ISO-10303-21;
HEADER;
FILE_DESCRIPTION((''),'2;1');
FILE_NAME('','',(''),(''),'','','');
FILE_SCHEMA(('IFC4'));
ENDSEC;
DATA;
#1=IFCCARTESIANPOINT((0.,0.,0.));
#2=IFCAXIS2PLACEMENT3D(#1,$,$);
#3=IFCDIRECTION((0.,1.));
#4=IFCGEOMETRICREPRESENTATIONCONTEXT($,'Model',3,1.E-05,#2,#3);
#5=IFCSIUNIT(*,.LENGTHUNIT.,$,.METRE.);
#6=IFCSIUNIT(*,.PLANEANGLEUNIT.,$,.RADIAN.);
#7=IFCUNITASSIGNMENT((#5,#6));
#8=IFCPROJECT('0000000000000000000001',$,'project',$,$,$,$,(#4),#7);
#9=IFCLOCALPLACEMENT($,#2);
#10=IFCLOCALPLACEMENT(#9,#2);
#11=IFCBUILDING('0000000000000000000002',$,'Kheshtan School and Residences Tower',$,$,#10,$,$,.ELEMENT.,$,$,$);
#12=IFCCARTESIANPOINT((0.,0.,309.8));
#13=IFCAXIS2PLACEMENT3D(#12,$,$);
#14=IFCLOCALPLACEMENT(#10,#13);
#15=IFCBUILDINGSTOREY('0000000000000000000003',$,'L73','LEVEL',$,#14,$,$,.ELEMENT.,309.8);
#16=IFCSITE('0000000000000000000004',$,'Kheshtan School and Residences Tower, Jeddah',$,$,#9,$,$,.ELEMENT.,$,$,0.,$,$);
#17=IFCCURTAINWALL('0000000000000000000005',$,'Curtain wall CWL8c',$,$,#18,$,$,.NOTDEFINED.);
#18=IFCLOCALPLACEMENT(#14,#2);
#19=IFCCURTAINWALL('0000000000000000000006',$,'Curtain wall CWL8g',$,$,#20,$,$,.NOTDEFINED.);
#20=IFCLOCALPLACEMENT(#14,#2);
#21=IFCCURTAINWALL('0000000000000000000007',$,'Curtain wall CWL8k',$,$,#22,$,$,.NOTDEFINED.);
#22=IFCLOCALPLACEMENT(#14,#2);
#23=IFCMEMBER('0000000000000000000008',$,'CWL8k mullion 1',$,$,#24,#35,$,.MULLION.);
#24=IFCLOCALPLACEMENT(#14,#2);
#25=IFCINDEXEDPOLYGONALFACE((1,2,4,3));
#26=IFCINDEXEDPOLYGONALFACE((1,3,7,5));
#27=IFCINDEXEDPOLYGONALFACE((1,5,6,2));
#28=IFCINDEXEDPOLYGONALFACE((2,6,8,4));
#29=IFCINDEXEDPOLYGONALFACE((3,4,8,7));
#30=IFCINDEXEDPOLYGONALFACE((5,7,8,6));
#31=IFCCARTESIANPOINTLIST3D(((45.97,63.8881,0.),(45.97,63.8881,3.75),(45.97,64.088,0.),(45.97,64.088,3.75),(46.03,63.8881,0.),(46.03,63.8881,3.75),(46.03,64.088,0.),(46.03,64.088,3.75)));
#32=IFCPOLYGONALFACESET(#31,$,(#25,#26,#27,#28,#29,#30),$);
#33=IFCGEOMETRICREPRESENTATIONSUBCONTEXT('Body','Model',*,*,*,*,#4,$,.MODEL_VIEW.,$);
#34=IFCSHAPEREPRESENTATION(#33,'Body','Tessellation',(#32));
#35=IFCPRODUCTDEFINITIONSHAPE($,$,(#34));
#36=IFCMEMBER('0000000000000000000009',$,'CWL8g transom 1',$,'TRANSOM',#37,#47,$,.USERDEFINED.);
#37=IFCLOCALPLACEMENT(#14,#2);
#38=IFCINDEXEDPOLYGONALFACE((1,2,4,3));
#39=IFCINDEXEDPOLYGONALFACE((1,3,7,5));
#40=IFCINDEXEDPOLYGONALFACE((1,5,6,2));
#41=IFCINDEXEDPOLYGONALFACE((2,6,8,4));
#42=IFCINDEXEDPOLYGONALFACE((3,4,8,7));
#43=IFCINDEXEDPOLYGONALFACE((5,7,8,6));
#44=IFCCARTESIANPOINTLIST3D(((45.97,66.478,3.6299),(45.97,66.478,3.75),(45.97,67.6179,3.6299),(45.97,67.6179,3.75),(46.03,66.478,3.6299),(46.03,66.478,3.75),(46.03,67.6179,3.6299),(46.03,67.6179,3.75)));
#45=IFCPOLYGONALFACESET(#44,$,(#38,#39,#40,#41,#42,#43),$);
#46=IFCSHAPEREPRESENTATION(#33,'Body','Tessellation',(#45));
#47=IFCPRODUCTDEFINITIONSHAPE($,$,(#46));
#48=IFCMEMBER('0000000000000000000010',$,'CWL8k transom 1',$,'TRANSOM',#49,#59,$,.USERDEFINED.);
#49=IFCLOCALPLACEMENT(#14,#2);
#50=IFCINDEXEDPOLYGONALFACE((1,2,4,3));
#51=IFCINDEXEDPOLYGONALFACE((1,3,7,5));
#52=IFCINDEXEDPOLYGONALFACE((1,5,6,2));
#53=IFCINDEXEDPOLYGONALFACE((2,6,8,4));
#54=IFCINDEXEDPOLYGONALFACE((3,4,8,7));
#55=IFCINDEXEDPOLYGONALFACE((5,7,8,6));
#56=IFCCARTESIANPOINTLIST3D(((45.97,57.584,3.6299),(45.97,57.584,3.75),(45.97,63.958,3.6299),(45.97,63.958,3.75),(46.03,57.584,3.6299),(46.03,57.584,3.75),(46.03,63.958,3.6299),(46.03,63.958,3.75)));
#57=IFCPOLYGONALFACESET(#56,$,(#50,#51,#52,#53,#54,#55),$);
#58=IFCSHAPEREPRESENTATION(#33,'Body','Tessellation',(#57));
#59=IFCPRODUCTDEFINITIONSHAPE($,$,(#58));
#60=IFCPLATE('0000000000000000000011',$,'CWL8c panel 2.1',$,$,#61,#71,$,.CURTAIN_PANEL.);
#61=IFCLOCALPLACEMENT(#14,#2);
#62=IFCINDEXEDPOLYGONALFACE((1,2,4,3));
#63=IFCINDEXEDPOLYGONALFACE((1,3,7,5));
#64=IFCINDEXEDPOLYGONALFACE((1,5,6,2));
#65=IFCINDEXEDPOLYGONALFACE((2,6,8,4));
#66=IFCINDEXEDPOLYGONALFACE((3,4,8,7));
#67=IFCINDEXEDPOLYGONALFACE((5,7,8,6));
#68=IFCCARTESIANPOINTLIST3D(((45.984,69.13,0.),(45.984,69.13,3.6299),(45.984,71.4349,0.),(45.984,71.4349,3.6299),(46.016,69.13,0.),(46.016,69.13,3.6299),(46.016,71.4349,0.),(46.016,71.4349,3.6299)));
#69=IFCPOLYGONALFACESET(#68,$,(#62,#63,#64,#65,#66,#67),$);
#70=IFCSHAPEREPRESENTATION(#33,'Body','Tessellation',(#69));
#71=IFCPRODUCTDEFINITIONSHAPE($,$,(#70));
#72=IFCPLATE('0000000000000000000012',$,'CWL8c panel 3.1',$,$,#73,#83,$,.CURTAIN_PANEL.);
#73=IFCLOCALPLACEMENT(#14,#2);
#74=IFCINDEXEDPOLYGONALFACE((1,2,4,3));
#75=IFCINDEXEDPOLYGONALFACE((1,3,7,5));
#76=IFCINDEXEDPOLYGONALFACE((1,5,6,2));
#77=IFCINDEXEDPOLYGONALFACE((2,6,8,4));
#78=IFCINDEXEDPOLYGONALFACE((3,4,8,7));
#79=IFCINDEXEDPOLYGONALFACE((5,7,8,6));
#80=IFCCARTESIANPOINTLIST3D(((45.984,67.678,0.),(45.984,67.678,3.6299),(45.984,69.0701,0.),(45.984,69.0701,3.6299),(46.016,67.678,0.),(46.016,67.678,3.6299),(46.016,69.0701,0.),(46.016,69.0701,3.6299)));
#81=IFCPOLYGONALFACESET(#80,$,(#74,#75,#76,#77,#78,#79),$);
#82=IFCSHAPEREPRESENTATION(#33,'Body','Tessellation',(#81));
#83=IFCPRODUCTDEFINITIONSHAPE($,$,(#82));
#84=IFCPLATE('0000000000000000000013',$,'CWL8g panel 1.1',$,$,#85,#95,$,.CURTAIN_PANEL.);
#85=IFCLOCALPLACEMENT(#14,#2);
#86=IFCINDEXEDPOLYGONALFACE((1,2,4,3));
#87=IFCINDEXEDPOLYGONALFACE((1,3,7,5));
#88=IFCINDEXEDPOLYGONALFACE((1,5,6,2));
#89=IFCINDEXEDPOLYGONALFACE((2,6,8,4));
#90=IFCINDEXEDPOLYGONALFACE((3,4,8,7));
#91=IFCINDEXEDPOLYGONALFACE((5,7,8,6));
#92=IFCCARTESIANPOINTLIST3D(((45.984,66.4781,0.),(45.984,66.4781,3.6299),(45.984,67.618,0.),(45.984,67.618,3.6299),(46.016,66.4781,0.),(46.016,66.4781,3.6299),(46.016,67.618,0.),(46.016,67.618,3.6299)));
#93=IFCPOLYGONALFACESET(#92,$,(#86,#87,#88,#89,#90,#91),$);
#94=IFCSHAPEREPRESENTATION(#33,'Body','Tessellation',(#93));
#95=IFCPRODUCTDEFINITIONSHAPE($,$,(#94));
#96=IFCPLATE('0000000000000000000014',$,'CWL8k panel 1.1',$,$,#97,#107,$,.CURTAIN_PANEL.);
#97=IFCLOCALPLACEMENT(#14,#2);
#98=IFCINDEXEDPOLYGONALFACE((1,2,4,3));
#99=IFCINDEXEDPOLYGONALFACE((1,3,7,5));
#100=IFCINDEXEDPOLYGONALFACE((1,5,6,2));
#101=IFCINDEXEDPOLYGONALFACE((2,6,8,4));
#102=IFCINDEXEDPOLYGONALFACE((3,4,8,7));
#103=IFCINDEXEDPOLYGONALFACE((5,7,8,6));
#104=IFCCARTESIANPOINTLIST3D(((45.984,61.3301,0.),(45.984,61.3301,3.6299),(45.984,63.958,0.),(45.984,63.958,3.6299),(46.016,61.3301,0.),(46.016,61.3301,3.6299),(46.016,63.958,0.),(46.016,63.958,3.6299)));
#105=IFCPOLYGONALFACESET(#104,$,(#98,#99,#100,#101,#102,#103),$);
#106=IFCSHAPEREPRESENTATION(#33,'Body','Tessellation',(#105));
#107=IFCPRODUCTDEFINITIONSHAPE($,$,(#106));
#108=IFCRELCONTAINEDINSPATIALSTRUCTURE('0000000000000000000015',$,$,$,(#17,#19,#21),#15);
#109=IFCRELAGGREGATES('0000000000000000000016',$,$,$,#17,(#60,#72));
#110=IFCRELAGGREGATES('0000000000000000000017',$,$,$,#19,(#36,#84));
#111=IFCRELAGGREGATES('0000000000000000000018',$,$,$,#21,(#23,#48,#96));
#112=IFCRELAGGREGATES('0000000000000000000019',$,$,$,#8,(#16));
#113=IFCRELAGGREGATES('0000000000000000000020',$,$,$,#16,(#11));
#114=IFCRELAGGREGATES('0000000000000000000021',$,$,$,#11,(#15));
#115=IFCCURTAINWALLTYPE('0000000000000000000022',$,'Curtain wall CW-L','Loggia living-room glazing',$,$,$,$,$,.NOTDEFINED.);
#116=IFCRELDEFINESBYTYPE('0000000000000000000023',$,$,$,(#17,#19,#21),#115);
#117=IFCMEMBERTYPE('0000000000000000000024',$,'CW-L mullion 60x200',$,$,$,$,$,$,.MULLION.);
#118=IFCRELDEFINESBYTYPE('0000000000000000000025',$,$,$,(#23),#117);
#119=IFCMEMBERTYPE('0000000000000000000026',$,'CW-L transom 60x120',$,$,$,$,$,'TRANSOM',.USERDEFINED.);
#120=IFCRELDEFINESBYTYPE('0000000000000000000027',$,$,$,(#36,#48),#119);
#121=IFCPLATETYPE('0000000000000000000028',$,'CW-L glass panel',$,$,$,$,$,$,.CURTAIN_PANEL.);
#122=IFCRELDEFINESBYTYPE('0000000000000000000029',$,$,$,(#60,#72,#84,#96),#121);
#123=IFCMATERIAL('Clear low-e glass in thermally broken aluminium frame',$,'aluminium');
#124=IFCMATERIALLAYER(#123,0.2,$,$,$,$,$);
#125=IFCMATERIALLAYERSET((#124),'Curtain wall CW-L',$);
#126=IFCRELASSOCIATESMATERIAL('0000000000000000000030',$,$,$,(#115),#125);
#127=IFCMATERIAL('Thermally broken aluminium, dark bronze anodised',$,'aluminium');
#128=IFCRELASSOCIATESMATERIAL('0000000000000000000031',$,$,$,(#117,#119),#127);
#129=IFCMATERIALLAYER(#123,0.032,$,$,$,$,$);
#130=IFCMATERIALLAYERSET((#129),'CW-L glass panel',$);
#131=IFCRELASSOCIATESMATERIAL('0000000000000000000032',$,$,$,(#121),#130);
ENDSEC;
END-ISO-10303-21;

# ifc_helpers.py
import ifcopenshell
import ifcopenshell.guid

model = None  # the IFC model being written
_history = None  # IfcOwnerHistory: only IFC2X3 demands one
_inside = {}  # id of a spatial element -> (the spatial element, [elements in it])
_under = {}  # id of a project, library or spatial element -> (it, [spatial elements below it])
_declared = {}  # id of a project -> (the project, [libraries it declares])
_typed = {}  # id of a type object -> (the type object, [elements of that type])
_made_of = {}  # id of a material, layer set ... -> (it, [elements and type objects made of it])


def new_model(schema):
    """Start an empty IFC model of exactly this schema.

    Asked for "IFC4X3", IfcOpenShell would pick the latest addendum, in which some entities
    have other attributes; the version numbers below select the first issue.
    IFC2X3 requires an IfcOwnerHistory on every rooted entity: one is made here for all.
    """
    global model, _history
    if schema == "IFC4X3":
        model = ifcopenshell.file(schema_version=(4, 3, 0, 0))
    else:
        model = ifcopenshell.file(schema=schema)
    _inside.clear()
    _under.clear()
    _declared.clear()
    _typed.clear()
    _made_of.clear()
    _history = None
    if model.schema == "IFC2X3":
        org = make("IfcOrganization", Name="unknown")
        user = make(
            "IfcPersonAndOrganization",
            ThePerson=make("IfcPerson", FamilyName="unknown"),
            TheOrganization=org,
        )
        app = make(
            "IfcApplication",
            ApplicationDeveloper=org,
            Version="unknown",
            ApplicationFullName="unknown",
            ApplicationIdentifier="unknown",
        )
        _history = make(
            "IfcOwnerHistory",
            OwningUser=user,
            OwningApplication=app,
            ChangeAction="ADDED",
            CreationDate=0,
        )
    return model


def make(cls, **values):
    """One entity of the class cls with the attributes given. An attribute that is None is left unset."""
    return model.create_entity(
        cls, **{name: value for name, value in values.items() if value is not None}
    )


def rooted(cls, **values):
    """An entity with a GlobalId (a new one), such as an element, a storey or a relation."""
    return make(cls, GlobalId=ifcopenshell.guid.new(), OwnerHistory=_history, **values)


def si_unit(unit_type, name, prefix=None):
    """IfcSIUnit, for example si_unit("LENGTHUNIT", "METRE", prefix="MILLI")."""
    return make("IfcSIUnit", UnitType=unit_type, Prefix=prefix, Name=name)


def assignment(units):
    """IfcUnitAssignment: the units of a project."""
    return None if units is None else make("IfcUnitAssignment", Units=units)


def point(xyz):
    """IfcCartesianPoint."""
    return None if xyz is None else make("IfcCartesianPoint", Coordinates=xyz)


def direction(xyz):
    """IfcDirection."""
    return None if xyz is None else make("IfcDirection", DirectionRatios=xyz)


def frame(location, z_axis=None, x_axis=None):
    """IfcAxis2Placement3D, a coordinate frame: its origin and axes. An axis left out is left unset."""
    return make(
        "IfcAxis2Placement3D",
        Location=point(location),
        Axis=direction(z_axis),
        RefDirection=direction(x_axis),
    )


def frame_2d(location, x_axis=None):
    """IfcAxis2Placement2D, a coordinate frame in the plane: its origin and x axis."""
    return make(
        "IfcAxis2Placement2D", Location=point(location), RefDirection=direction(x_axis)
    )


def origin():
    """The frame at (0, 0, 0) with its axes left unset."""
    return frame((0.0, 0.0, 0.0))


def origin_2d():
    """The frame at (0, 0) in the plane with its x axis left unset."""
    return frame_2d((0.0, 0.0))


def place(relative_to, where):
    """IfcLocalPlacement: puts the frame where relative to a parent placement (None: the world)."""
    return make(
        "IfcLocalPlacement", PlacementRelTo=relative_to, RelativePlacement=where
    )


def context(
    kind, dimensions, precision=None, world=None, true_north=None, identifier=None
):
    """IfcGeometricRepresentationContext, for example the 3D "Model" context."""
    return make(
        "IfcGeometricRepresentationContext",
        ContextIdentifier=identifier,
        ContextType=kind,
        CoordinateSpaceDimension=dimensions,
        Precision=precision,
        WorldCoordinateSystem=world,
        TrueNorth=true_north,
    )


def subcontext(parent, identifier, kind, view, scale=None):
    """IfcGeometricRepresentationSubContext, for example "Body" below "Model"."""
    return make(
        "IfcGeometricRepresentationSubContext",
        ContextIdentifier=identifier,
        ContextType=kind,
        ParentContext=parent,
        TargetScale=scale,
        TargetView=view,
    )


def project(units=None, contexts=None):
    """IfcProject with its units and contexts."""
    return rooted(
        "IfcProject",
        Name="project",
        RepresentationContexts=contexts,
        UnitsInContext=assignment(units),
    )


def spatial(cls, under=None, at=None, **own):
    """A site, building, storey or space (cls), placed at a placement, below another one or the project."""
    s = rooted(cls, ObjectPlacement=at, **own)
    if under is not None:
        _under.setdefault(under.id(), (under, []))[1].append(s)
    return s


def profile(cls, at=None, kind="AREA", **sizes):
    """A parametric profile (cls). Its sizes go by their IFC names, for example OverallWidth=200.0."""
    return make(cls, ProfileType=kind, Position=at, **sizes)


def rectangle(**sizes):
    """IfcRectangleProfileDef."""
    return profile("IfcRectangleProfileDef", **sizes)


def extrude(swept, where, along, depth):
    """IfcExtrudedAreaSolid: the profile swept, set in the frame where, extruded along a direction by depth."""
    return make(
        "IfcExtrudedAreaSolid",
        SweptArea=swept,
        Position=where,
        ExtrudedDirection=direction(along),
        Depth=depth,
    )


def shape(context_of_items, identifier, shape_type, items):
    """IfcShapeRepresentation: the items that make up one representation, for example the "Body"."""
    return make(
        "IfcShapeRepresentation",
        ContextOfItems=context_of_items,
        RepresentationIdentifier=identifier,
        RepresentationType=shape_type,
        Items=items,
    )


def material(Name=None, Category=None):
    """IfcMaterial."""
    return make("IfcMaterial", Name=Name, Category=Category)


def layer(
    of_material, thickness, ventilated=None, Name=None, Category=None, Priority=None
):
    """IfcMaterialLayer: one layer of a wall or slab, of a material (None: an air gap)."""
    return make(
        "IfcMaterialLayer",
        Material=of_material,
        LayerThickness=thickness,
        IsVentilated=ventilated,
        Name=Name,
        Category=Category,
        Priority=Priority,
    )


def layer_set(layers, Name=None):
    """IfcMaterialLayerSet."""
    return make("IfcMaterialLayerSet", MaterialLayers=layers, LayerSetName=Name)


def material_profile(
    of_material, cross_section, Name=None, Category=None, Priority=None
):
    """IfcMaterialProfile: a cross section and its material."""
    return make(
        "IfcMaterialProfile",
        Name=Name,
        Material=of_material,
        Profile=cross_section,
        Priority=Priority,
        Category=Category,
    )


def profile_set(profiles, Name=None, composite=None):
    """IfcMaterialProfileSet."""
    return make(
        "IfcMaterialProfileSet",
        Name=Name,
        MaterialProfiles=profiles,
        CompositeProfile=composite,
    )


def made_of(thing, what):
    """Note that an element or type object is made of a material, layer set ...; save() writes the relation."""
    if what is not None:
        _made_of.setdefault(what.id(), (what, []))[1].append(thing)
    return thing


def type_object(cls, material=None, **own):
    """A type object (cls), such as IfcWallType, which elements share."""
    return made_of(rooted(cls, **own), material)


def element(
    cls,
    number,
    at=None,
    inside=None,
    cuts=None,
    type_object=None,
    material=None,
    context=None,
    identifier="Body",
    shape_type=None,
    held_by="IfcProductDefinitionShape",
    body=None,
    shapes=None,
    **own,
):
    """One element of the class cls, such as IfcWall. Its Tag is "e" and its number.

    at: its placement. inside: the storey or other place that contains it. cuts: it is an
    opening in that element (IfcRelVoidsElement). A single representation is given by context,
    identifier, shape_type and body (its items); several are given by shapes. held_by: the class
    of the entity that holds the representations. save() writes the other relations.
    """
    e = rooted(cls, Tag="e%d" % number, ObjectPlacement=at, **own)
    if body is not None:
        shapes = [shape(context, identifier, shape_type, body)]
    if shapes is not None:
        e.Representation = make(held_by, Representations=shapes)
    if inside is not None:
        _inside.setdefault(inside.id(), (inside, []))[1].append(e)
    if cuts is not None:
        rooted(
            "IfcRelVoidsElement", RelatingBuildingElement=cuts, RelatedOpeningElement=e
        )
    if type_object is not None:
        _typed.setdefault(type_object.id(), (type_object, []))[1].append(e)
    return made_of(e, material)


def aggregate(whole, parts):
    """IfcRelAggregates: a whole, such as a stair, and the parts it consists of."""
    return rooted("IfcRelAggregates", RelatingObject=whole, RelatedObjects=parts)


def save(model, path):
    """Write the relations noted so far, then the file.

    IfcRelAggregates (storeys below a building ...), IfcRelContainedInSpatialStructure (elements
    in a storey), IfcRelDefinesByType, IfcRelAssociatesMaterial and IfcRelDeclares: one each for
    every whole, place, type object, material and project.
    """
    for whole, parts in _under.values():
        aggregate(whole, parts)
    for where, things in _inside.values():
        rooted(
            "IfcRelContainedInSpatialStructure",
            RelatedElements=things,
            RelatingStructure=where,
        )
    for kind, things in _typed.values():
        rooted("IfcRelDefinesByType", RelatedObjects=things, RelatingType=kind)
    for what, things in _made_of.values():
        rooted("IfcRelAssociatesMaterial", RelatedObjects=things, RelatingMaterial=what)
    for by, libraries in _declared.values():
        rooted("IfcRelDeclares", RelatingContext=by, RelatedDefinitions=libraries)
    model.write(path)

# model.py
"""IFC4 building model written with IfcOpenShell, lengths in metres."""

from ifc_helpers import new_model, si_unit, direction, frame, origin, origin_2d, place, context, subcontext, project, spatial, rectangle, extrude, material, layer, layer_set, material_profile, profile_set, type_object, element, aggregate, save


model = new_model("IFC4")

# Units and contexts
model_context = context("Model", 3, precision=1e-05, world=origin(), true_north=direction((0.0, 1.0)))
body_context = subcontext(model_context, "Body", "Model", "MODEL_VIEW")
ifc_project = project(units=[si_unit("LENGTHUNIT", "METRE"), si_unit("PLANEANGLEUNIT", "RADIAN")], contexts=[model_context])

# Site, building, storey
site_placement = place(None, origin())
site = spatial("IfcSite", under=ifc_project, at=site_placement, Name="Kheshtan School and Residences Tower, Jeddah", CompositionType="ELEMENT", RefElevation=0.0)
building_placement = place(site_placement, origin())
building = spatial("IfcBuilding", under=site, at=building_placement, Name="Kheshtan School and Residences Tower", CompositionType="ELEMENT")
storey_placement = place(building_placement, frame((0.0, 0.0, 309.8)))
storey = spatial("IfcBuildingStorey", under=building, at=storey_placement, Name="L73", Description="LEVEL", CompositionType="ELEMENT", Elevation=309.8)

# Curtain wall
ifc_material_1 = material(Name="Clear low-e glass in thermally broken aluminium frame", Category="aluminium")
ifc_layer_1 = layer(ifc_material_1, 0.2)
ifc_layer_set_1 = layer_set([ifc_layer_1], Name="Curtain wall CW-L")
curtain_wall_type = type_object("IfcCurtainWallType", Name="Curtain wall CW-L", Description="Loggia living-room glazing", PredefinedType="NOTDEFINED", material=ifc_layer_set_1)
curtain_wall_1_placement = place(storey_placement, origin())
curtain_wall_1 = element("IfcCurtainWall", 1, at=curtain_wall_1_placement, inside=storey, type_object=curtain_wall_type, Name="Curtain wall CWL8c", PredefinedType="NOTDEFINED")
ifc_material_2 = material(Name="Thermally broken aluminium, dark bronze anodised", Category="aluminium")
ifc_material_profile_1 = material_profile(ifc_material_2, rectangle(XDim=0.0601, YDim=0.2, at=origin_2d()), Name="CW-L mullion 60x200")
ifc_profile_set_1 = profile_set([ifc_material_profile_1], Name="Thermally broken aluminium, dark bronze anodised")
member_type_1 = type_object("IfcMemberType", Name="CW-L mullion 60x200", PredefinedType="MULLION", material=ifc_profile_set_1)

# Curtain walls, member
curtain_wall_2_placement = place(storey_placement, origin())
curtain_wall_2 = element("IfcCurtainWall", 2, at=curtain_wall_2_placement, inside=storey, type_object=curtain_wall_type, Name="Curtain wall CWL8g", PredefinedType="NOTDEFINED")
curtain_wall_3_placement = place(storey_placement, origin())
curtain_wall_3 = element("IfcCurtainWall", 3, at=curtain_wall_3_placement, inside=storey, type_object=curtain_wall_type, Name="Curtain wall CWL8k", PredefinedType="NOTDEFINED")
member_1_placement = place(storey_placement, frame((46.0, 63.988, 0.0), z_axis=(0.0, 0.0, 1.0), x_axis=(1.0, 0.0, 0.0)))
member_1 = element("IfcMember", 4, at=member_1_placement, type_object=member_type_1, Name="CWL8k mullion 1", PredefinedType="MULLION", context=body_context, shape_type="SweptSolid", body=[
    extrude(rectangle(XDim=0.0601, YDim=0.2, at=origin_2d()), origin(), (0.0, 0.0, 1.0), 3.75),
])

# Members
ifc_material_profile_2 = material_profile(ifc_material_2, rectangle(XDim=0.0601, YDim=0.1201, at=origin_2d()), Name="CW-L transom 60x120")
ifc_profile_set_2 = profile_set([ifc_material_profile_2], Name="Thermally broken aluminium, dark bronze anodised")
member_type_2 = type_object("IfcMemberType", Name="CW-L transom 60x120", ElementType="TRANSOM", PredefinedType="USERDEFINED", material=ifc_profile_set_2)
member_2_placement = place(storey_placement, frame((46.0, 67.6179, 3.6899), z_axis=(0.0, -1.0, 0.0), x_axis=(1.0, 0.0, 0.0)))
member_2 = element("IfcMember", 5, at=member_2_placement, type_object=member_type_2, Name="CWL8g transom 1", ObjectType="TRANSOM", PredefinedType="USERDEFINED", context=body_context, shape_type="SweptSolid", body=[
    extrude(rectangle(XDim=0.0601, YDim=0.1201, at=origin_2d()), origin(), (0.0, 0.0, 1.0), 1.1399),
])
member_3_placement = place(storey_placement, frame((46.0, 63.958, 3.6899), z_axis=(0.0, -1.0, 0.0), x_axis=(1.0, 0.0, 0.0)))
member_3 = element("IfcMember", 6, at=member_3_placement, type_object=member_type_2, Name="CWL8k transom 1", ObjectType="TRANSOM", PredefinedType="USERDEFINED", context=body_context, shape_type="SweptSolid", body=[
    extrude(rectangle(XDim=0.0601, YDim=0.1201, at=origin_2d()), origin(), (0.0, 0.0, 1.0), 6.374),
])

# Plates
ifc_layer_2 = layer(ifc_material_1, 0.032)
ifc_layer_set_2 = layer_set([ifc_layer_2], Name="CW-L glass panel")
plate_type = type_object("IfcPlateType", Name="CW-L glass panel", PredefinedType="CURTAIN_PANEL", material=ifc_layer_set_2)
plate_1_placement = place(storey_placement, frame((46.0, 70.2825, 0.0), z_axis=(0.0, 0.0, 1.0), x_axis=(0.0, -1.0, 0.0)))
plate_1 = element("IfcPlate", 7, at=plate_1_placement, type_object=plate_type, Name="CWL8c panel 2.1", PredefinedType="CURTAIN_PANEL", context=body_context, shape_type="SweptSolid", body=[
    extrude(rectangle(XDim=2.3049, YDim=0.032, at=origin_2d()), origin(), (0.0, 0.0, 1.0), 3.6299),
])
plate_2_placement = place(storey_placement, frame((46.0, 68.374, 0.0), z_axis=(0.0, 0.0, 1.0), x_axis=(0.0, -1.0, 0.0)))
plate_2 = element("IfcPlate", 8, at=plate_2_placement, type_object=plate_type, Name="CWL8c panel 3.1", PredefinedType="CURTAIN_PANEL", context=body_context, shape_type="SweptSolid", body=[
    extrude(rectangle(XDim=1.3921, YDim=0.032, at=origin_2d()), origin(), (0.0, 0.0, 1.0), 3.6299),
])
aggregate(curtain_wall_1, [plate_1, plate_2])
plate_3_placement = place(storey_placement, frame((46.0, 67.0481, 0.0), z_axis=(0.0, 0.0, 1.0), x_axis=(0.0, -1.0, 0.0)))
plate_3 = element("IfcPlate", 9, at=plate_3_placement, type_object=plate_type, Name="CWL8g panel 1.1", PredefinedType="CURTAIN_PANEL", context=body_context, shape_type="SweptSolid", body=[
    extrude(rectangle(XDim=1.1399, YDim=0.032, at=origin_2d()), origin(), (0.0, 0.0, 1.0), 3.6299),
])
aggregate(curtain_wall_2, [member_2, plate_3])
plate_4_placement = place(storey_placement, frame((46.0, 62.644, 0.0), z_axis=(0.0, 0.0, 1.0), x_axis=(0.0, -1.0, 0.0)))
plate_4 = element("IfcPlate", 10, at=plate_4_placement, type_object=plate_type, Name="CWL8k panel 1.1", PredefinedType="CURTAIN_PANEL", context=body_context, shape_type="SweptSolid", body=[
    extrude(rectangle(XDim=2.6279, YDim=0.032, at=origin_2d()), origin(), (0.0, 0.0, 1.0), 3.6299),
])
aggregate(curtain_wall_3, [member_1, member_3, plate_4])

save(model, "model.ifc")
